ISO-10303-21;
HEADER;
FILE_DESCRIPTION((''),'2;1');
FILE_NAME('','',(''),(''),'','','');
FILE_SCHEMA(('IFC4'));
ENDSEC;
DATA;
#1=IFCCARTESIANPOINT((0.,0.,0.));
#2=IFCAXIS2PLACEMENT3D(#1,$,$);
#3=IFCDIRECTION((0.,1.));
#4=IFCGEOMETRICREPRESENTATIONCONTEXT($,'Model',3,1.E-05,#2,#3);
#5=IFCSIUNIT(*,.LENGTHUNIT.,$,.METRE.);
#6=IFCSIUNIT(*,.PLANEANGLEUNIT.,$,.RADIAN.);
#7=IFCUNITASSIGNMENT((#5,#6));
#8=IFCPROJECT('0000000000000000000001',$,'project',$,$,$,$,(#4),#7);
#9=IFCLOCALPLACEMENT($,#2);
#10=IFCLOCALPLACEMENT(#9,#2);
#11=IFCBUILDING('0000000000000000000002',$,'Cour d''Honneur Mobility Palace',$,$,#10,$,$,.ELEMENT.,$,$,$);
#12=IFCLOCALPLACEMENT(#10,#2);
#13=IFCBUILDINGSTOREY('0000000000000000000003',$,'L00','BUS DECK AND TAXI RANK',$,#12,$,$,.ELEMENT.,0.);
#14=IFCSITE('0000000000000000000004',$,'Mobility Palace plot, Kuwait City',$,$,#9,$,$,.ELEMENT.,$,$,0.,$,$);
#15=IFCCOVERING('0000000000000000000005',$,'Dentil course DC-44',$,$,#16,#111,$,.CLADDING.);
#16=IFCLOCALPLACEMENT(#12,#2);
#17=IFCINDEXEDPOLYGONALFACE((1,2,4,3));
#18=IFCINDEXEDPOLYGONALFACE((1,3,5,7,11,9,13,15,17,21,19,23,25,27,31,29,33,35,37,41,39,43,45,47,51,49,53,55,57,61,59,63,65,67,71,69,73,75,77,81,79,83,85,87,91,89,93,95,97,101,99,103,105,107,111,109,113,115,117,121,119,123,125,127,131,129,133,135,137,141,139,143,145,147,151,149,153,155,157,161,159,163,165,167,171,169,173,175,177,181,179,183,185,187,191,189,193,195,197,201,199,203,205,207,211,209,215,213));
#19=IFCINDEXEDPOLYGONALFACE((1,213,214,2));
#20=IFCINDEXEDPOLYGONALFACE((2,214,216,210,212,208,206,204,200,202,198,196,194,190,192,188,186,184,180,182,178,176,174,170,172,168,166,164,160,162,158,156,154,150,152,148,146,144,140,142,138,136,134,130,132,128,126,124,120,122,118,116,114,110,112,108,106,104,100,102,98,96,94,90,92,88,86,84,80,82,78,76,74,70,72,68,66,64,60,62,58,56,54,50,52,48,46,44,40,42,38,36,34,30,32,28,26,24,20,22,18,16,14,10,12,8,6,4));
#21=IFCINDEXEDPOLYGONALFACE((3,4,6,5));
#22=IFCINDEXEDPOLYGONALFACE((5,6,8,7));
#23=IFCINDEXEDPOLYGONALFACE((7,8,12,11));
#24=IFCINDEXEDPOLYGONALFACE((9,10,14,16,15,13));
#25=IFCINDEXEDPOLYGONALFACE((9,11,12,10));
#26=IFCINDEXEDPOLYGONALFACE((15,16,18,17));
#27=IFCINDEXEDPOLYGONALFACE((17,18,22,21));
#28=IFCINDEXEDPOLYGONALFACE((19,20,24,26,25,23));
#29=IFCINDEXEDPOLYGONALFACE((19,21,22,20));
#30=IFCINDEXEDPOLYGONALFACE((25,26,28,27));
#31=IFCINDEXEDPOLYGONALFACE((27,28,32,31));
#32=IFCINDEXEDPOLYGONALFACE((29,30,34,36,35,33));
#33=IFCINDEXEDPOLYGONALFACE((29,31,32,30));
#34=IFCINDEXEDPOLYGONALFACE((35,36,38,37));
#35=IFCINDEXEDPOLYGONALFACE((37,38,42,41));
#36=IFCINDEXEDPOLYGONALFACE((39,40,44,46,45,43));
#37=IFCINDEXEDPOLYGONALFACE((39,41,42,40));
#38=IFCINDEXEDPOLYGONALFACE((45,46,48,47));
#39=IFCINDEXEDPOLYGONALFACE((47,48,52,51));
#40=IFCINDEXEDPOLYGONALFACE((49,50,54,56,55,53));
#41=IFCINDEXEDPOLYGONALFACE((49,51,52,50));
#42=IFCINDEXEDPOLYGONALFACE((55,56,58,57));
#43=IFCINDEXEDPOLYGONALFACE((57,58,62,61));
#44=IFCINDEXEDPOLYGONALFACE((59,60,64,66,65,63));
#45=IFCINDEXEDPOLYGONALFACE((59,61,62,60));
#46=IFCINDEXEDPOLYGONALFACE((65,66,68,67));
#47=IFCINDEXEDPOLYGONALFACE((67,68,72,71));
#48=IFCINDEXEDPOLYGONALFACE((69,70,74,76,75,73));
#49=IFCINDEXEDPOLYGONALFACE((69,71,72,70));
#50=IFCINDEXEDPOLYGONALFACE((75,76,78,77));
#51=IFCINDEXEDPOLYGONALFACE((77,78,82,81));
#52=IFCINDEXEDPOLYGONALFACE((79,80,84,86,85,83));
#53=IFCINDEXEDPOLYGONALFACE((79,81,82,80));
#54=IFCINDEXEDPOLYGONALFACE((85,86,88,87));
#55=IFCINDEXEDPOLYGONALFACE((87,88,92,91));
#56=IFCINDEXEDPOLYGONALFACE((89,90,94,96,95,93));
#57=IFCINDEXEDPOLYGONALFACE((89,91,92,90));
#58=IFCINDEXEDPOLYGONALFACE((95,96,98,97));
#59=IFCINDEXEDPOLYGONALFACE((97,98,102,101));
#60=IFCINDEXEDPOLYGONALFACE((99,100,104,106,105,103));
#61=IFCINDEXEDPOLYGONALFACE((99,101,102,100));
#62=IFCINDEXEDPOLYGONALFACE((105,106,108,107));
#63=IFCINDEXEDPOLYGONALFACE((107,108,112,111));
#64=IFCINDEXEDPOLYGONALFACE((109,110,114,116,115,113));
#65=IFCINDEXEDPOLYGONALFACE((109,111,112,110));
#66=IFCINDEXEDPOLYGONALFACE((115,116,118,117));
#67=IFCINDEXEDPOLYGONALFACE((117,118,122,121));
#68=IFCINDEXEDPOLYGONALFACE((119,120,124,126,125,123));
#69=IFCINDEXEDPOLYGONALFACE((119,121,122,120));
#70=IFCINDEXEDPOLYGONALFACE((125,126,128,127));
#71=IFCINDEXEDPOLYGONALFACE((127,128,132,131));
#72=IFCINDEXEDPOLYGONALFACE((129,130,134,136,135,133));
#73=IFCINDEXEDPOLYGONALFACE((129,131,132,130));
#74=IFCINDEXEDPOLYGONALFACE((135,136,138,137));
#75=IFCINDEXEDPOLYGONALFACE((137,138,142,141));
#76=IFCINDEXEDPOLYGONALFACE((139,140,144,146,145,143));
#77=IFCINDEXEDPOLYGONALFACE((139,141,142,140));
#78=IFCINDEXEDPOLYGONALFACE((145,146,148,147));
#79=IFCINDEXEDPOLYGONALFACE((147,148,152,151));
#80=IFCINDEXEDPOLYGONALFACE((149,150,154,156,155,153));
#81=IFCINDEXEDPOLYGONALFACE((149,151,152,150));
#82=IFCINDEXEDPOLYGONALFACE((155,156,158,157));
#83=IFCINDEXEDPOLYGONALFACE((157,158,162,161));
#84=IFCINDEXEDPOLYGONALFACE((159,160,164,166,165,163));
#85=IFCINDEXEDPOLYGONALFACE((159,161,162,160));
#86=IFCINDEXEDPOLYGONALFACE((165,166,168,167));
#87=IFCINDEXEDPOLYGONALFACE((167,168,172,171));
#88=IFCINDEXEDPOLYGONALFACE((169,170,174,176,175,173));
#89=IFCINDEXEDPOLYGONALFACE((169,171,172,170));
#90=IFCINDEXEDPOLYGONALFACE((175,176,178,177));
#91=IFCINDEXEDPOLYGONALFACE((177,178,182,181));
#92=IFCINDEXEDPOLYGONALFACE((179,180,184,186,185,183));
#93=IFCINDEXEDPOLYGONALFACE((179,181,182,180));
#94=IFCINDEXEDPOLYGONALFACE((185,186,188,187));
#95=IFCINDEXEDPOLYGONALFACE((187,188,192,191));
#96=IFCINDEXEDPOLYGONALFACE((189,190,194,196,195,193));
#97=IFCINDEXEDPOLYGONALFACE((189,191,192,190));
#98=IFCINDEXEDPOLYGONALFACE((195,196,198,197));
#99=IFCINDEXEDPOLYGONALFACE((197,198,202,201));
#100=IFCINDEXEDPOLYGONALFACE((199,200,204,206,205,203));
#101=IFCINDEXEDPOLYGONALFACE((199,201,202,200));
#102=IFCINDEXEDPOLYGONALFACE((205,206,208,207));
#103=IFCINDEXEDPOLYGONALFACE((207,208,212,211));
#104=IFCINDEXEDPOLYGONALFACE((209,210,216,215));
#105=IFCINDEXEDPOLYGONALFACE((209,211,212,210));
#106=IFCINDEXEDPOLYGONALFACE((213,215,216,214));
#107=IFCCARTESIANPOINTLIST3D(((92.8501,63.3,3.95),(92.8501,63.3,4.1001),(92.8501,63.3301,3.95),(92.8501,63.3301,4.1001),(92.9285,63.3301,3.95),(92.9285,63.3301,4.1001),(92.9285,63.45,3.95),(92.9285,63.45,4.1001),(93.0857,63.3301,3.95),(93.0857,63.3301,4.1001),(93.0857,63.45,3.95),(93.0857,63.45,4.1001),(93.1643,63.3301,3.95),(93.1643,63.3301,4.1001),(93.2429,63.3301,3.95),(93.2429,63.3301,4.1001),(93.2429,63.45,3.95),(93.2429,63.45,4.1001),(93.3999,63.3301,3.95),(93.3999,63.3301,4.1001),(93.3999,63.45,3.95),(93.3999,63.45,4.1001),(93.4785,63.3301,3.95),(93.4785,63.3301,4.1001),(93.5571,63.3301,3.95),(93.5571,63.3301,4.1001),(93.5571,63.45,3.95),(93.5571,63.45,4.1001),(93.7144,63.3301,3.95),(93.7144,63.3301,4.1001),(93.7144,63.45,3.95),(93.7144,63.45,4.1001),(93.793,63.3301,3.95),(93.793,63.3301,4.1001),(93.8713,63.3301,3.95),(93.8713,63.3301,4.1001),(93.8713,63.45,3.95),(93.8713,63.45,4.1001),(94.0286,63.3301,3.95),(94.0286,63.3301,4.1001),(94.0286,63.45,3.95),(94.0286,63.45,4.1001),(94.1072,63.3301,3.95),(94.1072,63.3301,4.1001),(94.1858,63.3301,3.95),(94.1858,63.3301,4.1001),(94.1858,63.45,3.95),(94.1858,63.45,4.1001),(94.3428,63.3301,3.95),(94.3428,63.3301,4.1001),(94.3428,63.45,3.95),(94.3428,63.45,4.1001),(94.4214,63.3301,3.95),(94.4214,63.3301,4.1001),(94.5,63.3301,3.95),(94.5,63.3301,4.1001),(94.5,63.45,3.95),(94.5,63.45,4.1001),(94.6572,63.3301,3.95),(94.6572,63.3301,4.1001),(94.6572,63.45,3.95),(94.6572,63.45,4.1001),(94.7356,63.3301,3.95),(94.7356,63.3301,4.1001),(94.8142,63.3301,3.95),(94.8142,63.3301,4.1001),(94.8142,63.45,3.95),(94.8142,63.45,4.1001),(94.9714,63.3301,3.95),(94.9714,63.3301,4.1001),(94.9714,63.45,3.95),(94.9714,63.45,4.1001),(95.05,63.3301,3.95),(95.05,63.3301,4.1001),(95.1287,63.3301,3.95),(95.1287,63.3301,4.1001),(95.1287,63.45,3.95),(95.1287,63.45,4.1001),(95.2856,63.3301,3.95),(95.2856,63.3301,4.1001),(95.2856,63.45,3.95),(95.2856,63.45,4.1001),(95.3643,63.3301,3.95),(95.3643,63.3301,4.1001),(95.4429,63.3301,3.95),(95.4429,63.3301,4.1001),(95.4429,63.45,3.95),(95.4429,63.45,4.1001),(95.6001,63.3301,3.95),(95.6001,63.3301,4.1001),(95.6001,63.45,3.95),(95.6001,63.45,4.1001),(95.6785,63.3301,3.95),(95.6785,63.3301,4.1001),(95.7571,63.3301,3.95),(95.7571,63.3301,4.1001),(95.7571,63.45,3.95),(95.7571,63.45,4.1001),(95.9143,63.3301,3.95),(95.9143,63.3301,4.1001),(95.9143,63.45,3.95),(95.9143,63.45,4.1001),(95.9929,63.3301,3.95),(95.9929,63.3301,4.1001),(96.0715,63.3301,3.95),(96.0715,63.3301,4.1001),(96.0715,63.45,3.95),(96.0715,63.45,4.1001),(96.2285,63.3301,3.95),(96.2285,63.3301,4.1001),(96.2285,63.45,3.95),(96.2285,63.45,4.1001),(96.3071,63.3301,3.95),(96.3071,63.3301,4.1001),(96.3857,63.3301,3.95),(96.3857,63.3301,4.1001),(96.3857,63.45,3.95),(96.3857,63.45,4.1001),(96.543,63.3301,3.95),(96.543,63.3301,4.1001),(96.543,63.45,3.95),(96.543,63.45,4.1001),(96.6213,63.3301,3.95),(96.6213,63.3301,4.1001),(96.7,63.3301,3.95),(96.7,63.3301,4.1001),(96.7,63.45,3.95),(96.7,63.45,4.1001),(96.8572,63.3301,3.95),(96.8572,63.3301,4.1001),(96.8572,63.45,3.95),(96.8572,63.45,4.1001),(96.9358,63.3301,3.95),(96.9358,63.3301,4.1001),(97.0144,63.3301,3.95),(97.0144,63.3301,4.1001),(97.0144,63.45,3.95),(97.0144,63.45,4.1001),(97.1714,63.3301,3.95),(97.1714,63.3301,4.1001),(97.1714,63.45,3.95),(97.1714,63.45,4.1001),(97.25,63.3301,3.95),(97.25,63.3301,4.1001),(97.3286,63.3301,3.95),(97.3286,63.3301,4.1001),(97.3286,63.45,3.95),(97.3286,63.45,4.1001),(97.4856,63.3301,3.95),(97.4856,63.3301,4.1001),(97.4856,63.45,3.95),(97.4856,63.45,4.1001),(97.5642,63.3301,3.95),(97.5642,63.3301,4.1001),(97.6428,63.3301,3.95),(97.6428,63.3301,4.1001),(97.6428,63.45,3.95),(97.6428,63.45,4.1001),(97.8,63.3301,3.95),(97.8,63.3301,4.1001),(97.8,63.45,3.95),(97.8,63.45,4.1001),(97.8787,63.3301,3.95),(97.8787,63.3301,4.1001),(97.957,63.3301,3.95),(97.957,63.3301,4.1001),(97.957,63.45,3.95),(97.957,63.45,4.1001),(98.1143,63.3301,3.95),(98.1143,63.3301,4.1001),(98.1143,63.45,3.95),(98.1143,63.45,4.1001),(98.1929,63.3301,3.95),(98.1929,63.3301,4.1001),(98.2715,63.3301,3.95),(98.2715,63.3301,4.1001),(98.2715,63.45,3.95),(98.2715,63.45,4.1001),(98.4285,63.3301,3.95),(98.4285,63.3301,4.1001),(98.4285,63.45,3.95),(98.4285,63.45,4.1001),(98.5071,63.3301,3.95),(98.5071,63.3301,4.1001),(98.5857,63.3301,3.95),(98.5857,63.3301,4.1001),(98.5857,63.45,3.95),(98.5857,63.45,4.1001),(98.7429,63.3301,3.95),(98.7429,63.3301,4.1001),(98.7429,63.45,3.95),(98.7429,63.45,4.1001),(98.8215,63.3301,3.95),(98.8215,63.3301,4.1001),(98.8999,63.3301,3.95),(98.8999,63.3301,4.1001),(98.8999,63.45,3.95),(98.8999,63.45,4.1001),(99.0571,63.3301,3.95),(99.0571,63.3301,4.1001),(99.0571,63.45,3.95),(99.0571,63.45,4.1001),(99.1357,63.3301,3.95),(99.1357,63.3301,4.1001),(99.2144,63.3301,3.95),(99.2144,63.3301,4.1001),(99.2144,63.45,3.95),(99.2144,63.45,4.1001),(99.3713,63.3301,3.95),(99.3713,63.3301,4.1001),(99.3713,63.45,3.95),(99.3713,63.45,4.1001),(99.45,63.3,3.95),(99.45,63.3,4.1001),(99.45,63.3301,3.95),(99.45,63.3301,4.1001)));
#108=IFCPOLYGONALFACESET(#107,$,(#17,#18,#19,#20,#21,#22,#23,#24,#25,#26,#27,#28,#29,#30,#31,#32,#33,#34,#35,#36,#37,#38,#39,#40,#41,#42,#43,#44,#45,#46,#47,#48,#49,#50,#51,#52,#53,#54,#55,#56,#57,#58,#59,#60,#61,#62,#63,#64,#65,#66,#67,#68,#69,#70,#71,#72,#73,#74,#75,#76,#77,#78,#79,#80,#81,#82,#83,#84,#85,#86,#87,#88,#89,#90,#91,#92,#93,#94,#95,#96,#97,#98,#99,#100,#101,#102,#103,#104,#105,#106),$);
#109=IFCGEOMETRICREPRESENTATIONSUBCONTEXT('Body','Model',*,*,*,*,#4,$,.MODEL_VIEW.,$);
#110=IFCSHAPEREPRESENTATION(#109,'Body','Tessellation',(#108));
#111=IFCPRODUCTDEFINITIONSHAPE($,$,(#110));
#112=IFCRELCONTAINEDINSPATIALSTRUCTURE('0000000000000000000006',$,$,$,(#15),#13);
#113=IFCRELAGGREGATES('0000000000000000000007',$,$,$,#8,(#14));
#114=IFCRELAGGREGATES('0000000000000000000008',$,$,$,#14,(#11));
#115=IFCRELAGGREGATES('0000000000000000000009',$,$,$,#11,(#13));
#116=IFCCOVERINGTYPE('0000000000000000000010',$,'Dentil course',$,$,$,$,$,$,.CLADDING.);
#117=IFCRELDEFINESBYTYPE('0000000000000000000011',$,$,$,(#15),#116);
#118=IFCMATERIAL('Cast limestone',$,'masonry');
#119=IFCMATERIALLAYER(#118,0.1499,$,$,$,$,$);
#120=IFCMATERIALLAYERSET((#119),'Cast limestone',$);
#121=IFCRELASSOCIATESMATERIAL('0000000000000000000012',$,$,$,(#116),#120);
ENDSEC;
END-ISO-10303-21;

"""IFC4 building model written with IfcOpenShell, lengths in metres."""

from ifc_helpers import new_model, si_unit, direction, frame, origin, place, context, subcontext, project, spatial, polyline, outline, extrude, material, layer, layer_set, type_object, element, save


model = new_model("IFC4")

# Units and contexts
model_context = context("Model", 3, precision=1e-05, world=origin(), true_north=direction((0.0, 1.0)))
body_context = subcontext(model_context, "Body", "Model", "MODEL_VIEW")
ifc_project = project(units=[si_unit("LENGTHUNIT", "METRE"), si_unit("PLANEANGLEUNIT", "RADIAN")], contexts=[model_context])

# Site, building, storey
site_placement = place(None, origin())
site = spatial("IfcSite", under=ifc_project, at=site_placement, Name="Mobility Palace plot, Kuwait City", CompositionType="ELEMENT", RefElevation=0.0)
building_placement = place(site_placement, origin())
building = spatial("IfcBuilding", under=site, at=building_placement, Name="Cour d'Honneur Mobility Palace", CompositionType="ELEMENT")
storey_placement = place(building_placement, origin())
storey = spatial("IfcBuildingStorey", under=building, at=storey_placement, Name="L00", Description="BUS DECK AND TAXI RANK", CompositionType="ELEMENT", Elevation=0.0)

# Covering
ifc_material = material(Name="Cast limestone", Category="masonry")
ifc_layer = layer(ifc_material, 0.1499)
ifc_layer_set = layer_set([ifc_layer], Name="Cast limestone")
covering_type = type_object("IfcCoveringType", Name="Dentil course", PredefinedType="CLADDING", material=ifc_layer_set)
covering_1_placement = place(storey_placement, frame((0.0, 0.0, 3.95)))
element("IfcCovering", 1, at=covering_1_placement, inside=storey, type_object=covering_type, Name="Dentil course DC-44", PredefinedType="CLADDING", context=body_context, shape_type="SweptSolid", body=[
    extrude(outline(polyline([(99.45, 63.3), (92.8501, 63.3), (92.8501, 63.3301), (92.8501, 63.3301), (92.9285, 63.3301), (92.9285, 63.45), (93.0857, 63.45), (93.0857, 63.3301), (93.1643, 63.3301), (93.1643, 63.3301), (93.2429, 63.3301), (93.2429, 63.45), (93.3999, 63.45), (93.3999, 63.3301), (93.4785, 63.3301), (93.4785, 63.3301), (93.5571, 63.3301), (93.5571, 63.45), (93.7144, 63.45), (93.7144, 63.3301), (93.793, 63.3301), (93.793, 63.3301), (93.8713, 63.3301), (93.8713, 63.45), (94.0286, 63.45), (94.0286, 63.3301), (94.1072, 63.3301), (94.1072, 63.3301), (94.1858, 63.3301), (94.1858, 63.45), (94.3428, 63.45), (94.3428, 63.3301), (94.4214, 63.3301), (94.4214, 63.3301), (94.5, 63.3301), (94.5, 63.45), (94.6572, 63.45), (94.6572, 63.3301), (94.7356, 63.3301), (94.7356, 63.3301), (94.8142, 63.3301), (94.8142, 63.45), (94.9714, 63.45), (94.9714, 63.3301), (95.05, 63.3301), (95.05, 63.3301), (95.1287, 63.3301), (95.1287, 63.45), (95.2856, 63.45), (95.2856, 63.3301), (95.3643, 63.3301), (95.3643, 63.3301), (95.4429, 63.3301), (95.4429, 63.45), (95.6001, 63.45), (95.6001, 63.3301), (95.6785, 63.3301), (95.6785, 63.3301), (95.7571, 63.3301), (95.7571, 63.45), (95.9143, 63.45), (95.9143, 63.3301), (95.9929, 63.3301), (95.9929, 63.3301), (96.0715, 63.3301), (96.0715, 63.45), (96.2285, 63.45), (96.2285, 63.3301), (96.3071, 63.3301), (96.3071, 63.3301), (96.3857, 63.3301), (96.3857, 63.45), (96.543, 63.45), (96.543, 63.3301), (96.6213, 63.3301), (96.6213, 63.3301), (96.7, 63.3301), (96.7, 63.45), (96.8572, 63.45), (96.8572, 63.3301), (96.9358, 63.3301), (96.9358, 63.3301), (97.0144, 63.3301), (97.0144, 63.45), (97.1714, 63.45), (97.1714, 63.3301), (97.25, 63.3301), (97.25, 63.3301), (97.3286, 63.3301), (97.3286, 63.45), (97.4856, 63.45), (97.4856, 63.3301), (97.5642, 63.3301), (97.5642, 63.3301), (97.6428, 63.3301), (97.6428, 63.45), (97.8, 63.45), (97.8, 63.3301), (97.8787, 63.3301), (97.8787, 63.3301), (97.957, 63.3301), (97.957, 63.45), (98.1143, 63.45), (98.1143, 63.3301), (98.1929, 63.3301), (98.1929, 63.3301), (98.2715, 63.3301), (98.2715, 63.45), (98.4285, 63.45), (98.4285, 63.3301), (98.5071, 63.3301), (98.5071, 63.3301), (98.5857, 63.3301), (98.5857, 63.45), (98.7429, 63.45), (98.7429, 63.3301), (98.8215, 63.3301), (98.8215, 63.3301), (98.8999, 63.3301), (98.8999, 63.45), (99.0571, 63.45), (99.0571, 63.3301), (99.1357, 63.3301), (99.1357, 63.3301), (99.2144, 63.3301), (99.2144, 63.45), (99.3713, 63.45), (99.3713, 63.3301), (99.45, 63.3301), (99.45, 63.3)])), origin(), (0.0, 0.0, 1.0), 0.1501),
])

save(model, "model.ifc")
